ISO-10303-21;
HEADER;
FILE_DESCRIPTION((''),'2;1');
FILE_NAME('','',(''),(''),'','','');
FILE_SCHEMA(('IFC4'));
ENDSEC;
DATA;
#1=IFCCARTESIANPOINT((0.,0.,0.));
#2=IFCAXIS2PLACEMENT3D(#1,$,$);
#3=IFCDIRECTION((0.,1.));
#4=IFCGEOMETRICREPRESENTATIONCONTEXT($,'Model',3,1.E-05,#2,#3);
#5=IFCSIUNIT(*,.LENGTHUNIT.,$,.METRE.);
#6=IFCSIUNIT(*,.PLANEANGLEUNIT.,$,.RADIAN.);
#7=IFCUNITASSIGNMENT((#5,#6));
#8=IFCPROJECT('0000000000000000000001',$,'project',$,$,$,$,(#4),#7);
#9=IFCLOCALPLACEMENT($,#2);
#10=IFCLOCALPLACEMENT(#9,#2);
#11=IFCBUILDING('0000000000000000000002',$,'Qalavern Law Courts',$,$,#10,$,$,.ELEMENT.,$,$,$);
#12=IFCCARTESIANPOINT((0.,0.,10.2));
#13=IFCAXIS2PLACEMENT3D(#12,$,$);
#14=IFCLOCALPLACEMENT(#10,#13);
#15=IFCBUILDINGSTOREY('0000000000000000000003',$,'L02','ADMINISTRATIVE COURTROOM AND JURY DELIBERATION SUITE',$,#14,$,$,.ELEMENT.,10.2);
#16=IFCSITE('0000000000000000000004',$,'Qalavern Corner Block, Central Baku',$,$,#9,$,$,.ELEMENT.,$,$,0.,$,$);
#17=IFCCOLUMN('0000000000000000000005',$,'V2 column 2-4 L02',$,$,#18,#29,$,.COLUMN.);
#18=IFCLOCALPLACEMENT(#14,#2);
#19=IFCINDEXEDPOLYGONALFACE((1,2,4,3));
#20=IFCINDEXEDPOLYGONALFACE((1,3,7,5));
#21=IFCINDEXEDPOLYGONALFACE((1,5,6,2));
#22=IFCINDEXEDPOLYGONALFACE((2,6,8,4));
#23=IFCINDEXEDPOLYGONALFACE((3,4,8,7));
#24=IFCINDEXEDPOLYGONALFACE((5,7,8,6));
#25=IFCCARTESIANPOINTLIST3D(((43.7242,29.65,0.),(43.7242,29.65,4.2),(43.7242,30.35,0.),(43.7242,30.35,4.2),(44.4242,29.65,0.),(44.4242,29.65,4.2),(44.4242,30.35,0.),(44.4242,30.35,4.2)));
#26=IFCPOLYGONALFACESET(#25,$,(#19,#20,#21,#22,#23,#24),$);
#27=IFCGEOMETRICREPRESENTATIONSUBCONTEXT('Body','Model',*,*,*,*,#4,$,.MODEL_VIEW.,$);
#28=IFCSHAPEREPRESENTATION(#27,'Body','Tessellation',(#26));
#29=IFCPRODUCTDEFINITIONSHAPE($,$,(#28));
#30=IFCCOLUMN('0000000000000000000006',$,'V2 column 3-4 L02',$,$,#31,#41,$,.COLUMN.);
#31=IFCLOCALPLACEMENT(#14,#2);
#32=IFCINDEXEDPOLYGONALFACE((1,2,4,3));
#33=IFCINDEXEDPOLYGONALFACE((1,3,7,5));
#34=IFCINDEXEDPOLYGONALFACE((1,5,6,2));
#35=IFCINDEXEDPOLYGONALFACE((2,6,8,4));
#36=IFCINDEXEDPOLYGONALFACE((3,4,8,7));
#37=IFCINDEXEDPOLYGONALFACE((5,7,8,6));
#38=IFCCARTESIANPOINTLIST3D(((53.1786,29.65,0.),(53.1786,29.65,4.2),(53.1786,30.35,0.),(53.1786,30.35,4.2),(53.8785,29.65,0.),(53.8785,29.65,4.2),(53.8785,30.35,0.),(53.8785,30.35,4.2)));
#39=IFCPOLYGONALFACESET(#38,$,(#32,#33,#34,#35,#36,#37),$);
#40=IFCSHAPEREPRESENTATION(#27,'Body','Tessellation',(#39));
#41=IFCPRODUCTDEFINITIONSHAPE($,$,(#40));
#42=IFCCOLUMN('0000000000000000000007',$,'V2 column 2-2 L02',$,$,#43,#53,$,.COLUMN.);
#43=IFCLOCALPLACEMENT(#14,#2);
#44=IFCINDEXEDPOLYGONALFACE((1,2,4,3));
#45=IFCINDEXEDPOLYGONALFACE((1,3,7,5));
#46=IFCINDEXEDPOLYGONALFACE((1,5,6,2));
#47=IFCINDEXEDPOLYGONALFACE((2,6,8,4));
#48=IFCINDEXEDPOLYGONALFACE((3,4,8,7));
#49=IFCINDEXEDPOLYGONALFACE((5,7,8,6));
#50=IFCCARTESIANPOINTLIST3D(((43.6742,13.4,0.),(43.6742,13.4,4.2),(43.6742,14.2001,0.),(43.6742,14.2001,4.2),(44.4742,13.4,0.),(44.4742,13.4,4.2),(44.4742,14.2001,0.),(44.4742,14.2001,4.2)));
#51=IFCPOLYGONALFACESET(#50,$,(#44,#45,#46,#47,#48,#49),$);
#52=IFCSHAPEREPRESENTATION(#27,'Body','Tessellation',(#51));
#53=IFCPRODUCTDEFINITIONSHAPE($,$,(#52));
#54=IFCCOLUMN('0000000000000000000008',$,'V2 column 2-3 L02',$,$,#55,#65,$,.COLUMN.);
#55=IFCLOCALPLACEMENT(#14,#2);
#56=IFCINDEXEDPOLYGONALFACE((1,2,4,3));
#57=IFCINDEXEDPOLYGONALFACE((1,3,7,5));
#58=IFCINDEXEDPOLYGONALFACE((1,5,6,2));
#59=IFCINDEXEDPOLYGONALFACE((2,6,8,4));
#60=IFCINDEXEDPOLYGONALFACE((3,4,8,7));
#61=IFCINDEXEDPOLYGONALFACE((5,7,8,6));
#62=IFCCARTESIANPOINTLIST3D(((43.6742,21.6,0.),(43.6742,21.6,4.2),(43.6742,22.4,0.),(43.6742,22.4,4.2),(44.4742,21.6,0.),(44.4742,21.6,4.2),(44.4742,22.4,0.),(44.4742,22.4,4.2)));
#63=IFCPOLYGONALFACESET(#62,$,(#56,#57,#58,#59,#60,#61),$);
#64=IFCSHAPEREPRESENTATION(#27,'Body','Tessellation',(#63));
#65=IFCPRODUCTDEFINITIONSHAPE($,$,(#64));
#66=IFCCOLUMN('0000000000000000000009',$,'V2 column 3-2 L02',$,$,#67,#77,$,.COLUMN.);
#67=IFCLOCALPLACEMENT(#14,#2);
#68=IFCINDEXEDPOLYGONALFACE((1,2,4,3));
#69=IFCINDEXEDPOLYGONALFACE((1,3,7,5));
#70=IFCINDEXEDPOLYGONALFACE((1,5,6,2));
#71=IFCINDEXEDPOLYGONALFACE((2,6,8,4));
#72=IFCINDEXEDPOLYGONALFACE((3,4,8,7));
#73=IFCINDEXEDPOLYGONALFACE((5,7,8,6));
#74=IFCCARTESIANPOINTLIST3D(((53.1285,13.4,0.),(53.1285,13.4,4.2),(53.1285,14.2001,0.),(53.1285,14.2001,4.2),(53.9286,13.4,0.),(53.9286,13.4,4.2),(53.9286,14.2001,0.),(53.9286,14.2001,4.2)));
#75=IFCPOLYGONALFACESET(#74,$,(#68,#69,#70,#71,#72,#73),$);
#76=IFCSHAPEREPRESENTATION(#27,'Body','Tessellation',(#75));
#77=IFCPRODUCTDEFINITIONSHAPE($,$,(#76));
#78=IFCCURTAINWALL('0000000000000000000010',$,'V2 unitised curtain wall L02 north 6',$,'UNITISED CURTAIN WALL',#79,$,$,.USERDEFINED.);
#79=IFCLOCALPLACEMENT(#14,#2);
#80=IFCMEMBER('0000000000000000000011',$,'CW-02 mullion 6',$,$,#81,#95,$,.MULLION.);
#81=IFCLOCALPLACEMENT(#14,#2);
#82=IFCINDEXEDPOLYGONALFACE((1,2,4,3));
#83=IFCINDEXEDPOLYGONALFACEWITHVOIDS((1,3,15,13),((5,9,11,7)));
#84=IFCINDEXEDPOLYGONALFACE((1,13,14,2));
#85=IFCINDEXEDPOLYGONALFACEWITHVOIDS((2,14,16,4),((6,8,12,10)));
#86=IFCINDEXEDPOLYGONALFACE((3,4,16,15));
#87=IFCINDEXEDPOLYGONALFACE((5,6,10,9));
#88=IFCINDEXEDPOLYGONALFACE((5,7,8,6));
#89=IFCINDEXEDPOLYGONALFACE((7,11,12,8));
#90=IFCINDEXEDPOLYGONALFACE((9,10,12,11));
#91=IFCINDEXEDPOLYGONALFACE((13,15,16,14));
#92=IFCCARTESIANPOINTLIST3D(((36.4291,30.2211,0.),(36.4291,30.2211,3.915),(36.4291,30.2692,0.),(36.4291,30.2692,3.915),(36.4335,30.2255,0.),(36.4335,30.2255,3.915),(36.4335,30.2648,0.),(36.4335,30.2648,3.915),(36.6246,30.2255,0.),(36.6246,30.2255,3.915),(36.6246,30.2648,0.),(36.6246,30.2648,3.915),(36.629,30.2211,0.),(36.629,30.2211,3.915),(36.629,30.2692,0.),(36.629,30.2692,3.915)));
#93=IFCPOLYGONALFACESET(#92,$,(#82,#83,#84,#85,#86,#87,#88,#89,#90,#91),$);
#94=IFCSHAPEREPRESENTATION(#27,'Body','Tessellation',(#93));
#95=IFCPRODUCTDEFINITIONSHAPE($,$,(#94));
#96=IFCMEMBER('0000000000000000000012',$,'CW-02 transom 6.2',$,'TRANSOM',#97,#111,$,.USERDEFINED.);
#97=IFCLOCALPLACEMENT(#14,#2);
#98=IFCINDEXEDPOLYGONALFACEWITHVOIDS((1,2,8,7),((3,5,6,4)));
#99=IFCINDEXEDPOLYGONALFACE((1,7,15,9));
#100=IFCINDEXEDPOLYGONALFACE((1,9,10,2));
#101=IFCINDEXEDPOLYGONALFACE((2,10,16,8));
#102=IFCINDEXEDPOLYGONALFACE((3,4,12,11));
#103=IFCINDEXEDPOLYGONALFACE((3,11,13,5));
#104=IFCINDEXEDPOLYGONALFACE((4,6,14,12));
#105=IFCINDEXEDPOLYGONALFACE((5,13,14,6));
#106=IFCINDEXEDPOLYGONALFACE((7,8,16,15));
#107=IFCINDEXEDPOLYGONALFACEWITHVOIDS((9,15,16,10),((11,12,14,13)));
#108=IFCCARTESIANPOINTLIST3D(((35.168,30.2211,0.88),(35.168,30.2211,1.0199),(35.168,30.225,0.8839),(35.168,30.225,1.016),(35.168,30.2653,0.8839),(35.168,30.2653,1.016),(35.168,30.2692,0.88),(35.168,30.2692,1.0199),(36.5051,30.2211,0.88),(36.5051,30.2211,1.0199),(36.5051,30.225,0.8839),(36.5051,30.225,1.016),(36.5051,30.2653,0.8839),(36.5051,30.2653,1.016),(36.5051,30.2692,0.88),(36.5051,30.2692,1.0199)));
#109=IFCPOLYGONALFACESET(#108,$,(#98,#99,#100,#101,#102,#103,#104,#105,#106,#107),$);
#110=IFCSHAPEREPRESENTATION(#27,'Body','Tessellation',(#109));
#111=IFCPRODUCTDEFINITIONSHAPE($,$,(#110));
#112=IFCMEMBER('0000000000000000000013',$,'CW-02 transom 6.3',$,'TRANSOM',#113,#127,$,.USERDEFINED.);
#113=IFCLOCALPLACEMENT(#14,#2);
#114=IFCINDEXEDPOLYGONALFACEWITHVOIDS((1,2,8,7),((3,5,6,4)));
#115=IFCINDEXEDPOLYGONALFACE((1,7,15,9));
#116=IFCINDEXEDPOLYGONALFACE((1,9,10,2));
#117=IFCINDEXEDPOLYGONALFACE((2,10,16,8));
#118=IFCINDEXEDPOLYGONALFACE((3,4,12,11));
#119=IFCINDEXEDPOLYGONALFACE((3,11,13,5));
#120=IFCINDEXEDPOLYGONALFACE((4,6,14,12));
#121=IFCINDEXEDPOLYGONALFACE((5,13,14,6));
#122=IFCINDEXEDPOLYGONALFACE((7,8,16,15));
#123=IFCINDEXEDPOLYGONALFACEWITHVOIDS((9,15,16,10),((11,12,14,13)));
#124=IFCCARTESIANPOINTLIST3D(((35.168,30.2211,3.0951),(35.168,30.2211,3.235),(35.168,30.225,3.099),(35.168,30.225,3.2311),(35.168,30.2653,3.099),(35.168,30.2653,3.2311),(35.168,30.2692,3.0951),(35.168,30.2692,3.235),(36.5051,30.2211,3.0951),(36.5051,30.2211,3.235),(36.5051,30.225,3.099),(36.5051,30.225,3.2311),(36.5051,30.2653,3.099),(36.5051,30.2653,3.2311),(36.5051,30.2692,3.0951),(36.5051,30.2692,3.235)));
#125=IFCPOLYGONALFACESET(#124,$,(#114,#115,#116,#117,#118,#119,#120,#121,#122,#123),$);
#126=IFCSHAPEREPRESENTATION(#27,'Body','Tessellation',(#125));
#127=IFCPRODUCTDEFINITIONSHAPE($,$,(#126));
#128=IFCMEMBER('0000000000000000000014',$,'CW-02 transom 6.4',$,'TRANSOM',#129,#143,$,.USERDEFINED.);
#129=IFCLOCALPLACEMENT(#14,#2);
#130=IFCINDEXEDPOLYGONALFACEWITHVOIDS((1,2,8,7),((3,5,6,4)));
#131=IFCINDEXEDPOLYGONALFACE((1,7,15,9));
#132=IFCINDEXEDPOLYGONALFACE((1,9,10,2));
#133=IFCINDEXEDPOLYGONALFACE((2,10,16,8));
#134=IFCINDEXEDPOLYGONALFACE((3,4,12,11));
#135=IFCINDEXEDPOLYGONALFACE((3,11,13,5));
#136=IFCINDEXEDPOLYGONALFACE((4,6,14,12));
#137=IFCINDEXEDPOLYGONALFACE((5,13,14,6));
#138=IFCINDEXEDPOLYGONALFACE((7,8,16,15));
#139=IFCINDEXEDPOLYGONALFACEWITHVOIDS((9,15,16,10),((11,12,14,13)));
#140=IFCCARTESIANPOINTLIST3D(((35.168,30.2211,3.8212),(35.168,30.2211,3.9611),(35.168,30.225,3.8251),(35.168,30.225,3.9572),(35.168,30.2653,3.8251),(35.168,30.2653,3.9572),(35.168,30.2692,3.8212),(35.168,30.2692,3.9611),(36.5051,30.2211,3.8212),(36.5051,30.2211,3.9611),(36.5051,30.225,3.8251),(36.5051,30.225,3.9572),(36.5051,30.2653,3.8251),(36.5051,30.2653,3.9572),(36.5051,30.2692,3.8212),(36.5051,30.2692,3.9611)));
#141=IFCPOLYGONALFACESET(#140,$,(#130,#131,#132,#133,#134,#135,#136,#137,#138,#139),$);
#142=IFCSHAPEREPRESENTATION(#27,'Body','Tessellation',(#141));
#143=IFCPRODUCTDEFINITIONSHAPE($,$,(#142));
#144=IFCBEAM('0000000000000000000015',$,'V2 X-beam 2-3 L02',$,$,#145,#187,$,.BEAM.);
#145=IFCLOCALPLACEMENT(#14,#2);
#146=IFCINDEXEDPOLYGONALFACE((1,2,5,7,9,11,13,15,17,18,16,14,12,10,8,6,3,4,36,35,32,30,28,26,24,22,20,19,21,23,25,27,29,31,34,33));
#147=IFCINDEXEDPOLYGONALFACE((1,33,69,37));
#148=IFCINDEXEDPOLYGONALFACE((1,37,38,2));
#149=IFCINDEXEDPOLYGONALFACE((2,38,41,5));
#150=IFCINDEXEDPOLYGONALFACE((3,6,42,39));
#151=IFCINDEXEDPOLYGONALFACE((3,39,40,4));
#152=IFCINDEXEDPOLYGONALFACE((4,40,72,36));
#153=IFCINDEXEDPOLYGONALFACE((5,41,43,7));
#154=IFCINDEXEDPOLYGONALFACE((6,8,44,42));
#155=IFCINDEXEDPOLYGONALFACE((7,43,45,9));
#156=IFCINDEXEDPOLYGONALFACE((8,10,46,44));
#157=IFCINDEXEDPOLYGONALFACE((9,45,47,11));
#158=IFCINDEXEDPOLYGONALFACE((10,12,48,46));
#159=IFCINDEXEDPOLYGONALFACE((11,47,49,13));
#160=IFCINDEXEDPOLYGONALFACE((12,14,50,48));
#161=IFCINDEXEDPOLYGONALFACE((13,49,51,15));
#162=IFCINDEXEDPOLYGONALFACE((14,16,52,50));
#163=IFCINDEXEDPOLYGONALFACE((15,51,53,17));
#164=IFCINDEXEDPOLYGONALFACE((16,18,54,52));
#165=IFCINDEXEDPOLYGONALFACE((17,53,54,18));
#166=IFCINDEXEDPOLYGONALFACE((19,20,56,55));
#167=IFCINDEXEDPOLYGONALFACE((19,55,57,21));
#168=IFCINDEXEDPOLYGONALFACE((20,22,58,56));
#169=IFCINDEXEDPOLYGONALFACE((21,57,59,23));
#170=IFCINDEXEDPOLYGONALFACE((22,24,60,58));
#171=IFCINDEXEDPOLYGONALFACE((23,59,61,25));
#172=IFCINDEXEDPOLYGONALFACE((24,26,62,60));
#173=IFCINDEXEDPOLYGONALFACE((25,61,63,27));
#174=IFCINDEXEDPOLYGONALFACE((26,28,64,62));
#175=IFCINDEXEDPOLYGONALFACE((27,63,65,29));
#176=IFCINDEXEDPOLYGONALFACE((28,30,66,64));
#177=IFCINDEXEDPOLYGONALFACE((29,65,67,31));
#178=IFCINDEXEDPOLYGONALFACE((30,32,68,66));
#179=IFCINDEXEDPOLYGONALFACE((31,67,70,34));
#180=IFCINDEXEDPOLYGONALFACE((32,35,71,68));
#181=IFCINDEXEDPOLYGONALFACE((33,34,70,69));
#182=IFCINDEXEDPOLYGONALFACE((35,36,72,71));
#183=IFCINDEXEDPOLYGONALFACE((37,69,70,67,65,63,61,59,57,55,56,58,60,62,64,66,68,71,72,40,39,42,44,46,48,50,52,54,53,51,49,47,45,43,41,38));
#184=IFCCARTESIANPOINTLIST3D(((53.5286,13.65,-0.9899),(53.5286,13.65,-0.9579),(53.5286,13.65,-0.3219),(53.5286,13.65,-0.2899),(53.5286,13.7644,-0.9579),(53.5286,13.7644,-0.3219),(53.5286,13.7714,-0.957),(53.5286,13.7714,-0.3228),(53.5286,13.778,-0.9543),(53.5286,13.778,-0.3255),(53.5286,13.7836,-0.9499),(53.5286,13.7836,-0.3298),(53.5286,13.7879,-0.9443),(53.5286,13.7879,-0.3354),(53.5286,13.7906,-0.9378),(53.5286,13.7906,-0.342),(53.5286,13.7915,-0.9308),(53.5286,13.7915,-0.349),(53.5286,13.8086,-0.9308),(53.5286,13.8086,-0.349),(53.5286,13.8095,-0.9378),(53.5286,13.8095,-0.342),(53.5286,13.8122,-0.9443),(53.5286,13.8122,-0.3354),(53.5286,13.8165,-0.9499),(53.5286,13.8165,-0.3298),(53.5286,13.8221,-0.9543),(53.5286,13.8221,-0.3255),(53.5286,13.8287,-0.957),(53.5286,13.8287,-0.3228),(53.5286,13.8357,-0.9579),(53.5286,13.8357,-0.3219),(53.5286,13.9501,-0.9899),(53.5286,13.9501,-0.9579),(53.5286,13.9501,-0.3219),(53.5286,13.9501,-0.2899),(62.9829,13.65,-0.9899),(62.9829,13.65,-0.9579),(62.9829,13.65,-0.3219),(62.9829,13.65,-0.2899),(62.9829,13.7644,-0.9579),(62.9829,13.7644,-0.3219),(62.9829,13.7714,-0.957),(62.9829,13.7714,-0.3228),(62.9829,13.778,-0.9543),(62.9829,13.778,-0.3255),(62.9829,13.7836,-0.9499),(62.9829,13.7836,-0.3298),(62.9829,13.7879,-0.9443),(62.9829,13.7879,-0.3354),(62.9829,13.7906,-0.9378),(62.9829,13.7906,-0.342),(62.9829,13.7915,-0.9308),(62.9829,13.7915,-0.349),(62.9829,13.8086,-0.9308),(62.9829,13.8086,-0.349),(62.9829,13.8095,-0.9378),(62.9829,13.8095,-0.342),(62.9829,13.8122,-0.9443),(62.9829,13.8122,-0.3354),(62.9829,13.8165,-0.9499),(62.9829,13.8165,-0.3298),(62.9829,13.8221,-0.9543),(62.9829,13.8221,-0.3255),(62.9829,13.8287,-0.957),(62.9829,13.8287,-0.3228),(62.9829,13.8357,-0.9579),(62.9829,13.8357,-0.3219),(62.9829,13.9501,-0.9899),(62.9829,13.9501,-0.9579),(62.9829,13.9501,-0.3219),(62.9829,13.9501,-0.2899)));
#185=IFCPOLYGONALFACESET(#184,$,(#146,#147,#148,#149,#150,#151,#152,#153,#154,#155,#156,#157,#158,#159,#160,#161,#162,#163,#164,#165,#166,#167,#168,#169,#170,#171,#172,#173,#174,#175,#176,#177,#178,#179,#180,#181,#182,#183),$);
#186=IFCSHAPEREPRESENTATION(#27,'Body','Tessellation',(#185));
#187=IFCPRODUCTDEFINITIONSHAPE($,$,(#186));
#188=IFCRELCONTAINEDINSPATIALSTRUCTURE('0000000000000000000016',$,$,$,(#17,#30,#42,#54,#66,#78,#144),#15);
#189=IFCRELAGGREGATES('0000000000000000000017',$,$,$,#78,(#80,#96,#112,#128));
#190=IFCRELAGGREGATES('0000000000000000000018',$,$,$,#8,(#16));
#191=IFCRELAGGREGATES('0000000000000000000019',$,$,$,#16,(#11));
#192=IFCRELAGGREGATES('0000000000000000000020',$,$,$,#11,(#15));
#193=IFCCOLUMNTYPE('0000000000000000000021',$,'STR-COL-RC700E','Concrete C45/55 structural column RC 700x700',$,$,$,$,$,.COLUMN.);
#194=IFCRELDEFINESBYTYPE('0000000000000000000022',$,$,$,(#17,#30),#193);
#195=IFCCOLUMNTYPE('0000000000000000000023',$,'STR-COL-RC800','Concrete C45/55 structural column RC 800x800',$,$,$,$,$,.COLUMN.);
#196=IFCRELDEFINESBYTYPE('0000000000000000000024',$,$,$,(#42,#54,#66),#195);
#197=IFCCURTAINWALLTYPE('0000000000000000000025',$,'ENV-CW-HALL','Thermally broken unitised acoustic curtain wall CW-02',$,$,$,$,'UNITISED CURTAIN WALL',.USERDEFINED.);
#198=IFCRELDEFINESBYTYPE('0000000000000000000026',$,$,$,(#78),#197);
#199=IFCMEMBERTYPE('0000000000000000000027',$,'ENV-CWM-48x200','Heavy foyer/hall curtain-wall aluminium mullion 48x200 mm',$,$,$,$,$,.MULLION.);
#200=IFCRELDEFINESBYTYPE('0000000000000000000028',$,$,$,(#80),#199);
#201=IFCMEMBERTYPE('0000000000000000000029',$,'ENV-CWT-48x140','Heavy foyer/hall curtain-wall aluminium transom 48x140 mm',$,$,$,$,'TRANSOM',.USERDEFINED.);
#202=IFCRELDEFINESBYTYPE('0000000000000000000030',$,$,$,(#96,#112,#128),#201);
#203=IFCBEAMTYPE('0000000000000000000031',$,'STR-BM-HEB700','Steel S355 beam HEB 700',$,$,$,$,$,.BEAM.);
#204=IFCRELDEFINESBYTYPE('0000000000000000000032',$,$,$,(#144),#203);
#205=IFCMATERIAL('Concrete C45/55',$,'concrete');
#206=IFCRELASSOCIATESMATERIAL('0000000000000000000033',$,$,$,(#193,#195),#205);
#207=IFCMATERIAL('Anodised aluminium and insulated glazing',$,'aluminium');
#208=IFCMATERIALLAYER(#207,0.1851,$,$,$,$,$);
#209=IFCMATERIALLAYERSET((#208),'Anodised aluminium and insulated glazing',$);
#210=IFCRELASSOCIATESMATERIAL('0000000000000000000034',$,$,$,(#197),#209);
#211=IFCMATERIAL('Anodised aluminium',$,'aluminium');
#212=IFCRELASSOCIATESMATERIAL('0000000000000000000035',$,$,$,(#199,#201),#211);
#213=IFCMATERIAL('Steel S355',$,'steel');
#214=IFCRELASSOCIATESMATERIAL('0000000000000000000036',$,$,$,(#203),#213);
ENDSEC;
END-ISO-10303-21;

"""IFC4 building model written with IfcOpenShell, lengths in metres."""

from ifc_helpers import new_model, si_unit, direction, frame, origin, origin_2d, place, context, subcontext, project, spatial, rectangle, hollow_rectangle, i_section, extrude, material, layer, layer_set, material_profile, profile_set, type_object, element, aggregate, save


model = new_model("IFC4")

# Units and contexts
model_context = context("Model", 3, precision=1e-05, world=origin(), true_north=direction((0.0, 1.0)))
body_context = subcontext(model_context, "Body", "Model", "MODEL_VIEW")
ifc_project = project(units=[si_unit("LENGTHUNIT", "METRE"), si_unit("PLANEANGLEUNIT", "RADIAN")], contexts=[model_context])

# Site, building, storey
site_placement = place(None, origin())
site = spatial("IfcSite", under=ifc_project, at=site_placement, Name="Qalavern Corner Block, Central Baku", CompositionType="ELEMENT", RefElevation=0.0)
building_placement = place(site_placement, origin())
building = spatial("IfcBuilding", under=site, at=building_placement, Name="Qalavern Law Courts", CompositionType="ELEMENT")
storey_placement = place(building_placement, frame((0.0, 0.0, 10.2)))
storey = spatial("IfcBuildingStorey", under=building, at=storey_placement, Name="L02", Description="ADMINISTRATIVE COURTROOM AND JURY DELIBERATION SUITE", CompositionType="ELEMENT", Elevation=10.2)

# Columns
ifc_material_1 = material(Name="Concrete C45/55", Category="concrete")
ifc_material_profile_1 = material_profile(ifc_material_1, rectangle(XDim=0.7, YDim=0.7, at=origin_2d()), Name="RC 700x700")
ifc_profile_set_1 = profile_set([ifc_material_profile_1], Name="Concrete C45/55")
column_type_1 = type_object("IfcColumnType", Name="STR-COL-RC700E", Description="Concrete C45/55 structural column RC 700x700", PredefinedType="COLUMN", material=ifc_profile_set_1)
for number, where, z_axis, x_axis, name in (
    (1, (44.0742, 30.0, 0.0), (0.0, 0.0, 1.0), (1.0, 0.0, 0.0), "V2 column 2-4 L02"),
    (2, (53.5286, 30.0, 0.0), (0.0, 0.0, 1.0), (1.0, 0.0, 0.0), "V2 column 3-4 L02"),
):
    element("IfcColumn", number, at=place(storey_placement, frame(where, z_axis=z_axis, x_axis=x_axis)), inside=storey, type_object=column_type_1, Name=name, PredefinedType="COLUMN", context=body_context, shape_type="SweptSolid", body=[
        extrude(rectangle(XDim=0.7, YDim=0.7, at=origin_2d()), origin(), (0.0, 0.0, 1.0), 4.2),
    ])
ifc_material_profile_2 = material_profile(ifc_material_1, rectangle(XDim=0.8, YDim=0.8, at=origin_2d()), Name="RC 800x800")
ifc_profile_set_2 = profile_set([ifc_material_profile_2], Name="Concrete C45/55")
column_type_2 = type_object("IfcColumnType", Name="STR-COL-RC800", Description="Concrete C45/55 structural column RC 800x800", PredefinedType="COLUMN", material=ifc_profile_set_2)
for number, where, z_axis, x_axis, name in (
    (3, (44.0742, 13.8, 0.0), (0.0, 0.0, 1.0), (1.0, 0.0, 0.0), "V2 column 2-2 L02"),
    (4, (44.0742, 22.0, 0.0), (0.0, 0.0, 1.0), (1.0, 0.0, 0.0), "V2 column 2-3 L02"),
    (5, (53.5286, 13.8, 0.0), (0.0, 0.0, 1.0), (1.0, 0.0, 0.0), "V2 column 3-2 L02"),
):
    element("IfcColumn", number, at=place(storey_placement, frame(where, z_axis=z_axis, x_axis=x_axis)), inside=storey, type_object=column_type_2, Name=name, PredefinedType="COLUMN", context=body_context, shape_type="SweptSolid", body=[
        extrude(rectangle(XDim=0.8, YDim=0.8, at=origin_2d()), origin(), (0.0, 0.0, 1.0), 4.2),
    ])

# Curtain wall, members
ifc_material_2 = material(Name="Anodised aluminium and insulated glazing", Category="aluminium")
ifc_layer_1 = layer(ifc_material_2, 0.1851)
ifc_layer_set_1 = layer_set([ifc_layer_1], Name="Anodised aluminium and insulated glazing")
curtain_wall_type = type_object("IfcCurtainWallType", Name="ENV-CW-HALL", Description="Thermally broken unitised acoustic curtain wall CW-02", ElementType="UNITISED CURTAIN WALL", PredefinedType="USERDEFINED", material=ifc_layer_set_1)
curtain_wall_placement = place(storey_placement, origin())
curtain_wall = element("IfcCurtainWall", 6, at=curtain_wall_placement, inside=storey, type_object=curtain_wall_type, Name="V2 unitised curtain wall L02 north 6", ObjectType="UNITISED CURTAIN WALL", PredefinedType="USERDEFINED")
ifc_material_3 = material(Name="Anodised aluminium", Category="aluminium")
ifc_material_profile_3 = material_profile(ifc_material_3, hollow_rectangle(XDim=0.0481, YDim=0.2, WallThickness=0.0044, at=origin_2d()), Name="ALU MULLION 48x200")
ifc_profile_set_3 = profile_set([ifc_material_profile_3], Name="Anodised aluminium")
member_type_1 = type_object("IfcMemberType", Name="ENV-CWM-48x200", Description="Heavy foyer/hall curtain-wall aluminium mullion 48x200 mm", PredefinedType="MULLION", material=ifc_profile_set_3)
member_1_placement = place(storey_placement, frame((36.5291, 30.2451, 0.0), z_axis=(0.0, 0.0, 1.0), x_axis=(0.0, -1.0, 0.0)))
member_1 = element("IfcMember", 7, at=member_1_placement, type_object=member_type_1, Name="CW-02 mullion 6", PredefinedType="MULLION", context=body_context, shape_type="SweptSolid", body=[
    extrude(hollow_rectangle(XDim=0.0481, YDim=0.2, WallThickness=0.0044, at=origin_2d()), origin(), (0.0, 0.0, 1.0), 3.915),
])
ifc_material_profile_4 = material_profile(ifc_material_3, hollow_rectangle(XDim=0.0481, YDim=0.1399, WallThickness=0.0039, at=origin_2d()), Name="ALU TRANSOM 48x140")
ifc_profile_set_4 = profile_set([ifc_material_profile_4], Name="Anodised aluminium")
member_type_2 = type_object("IfcMemberType", Name="ENV-CWT-48x140", Description="Heavy foyer/hall curtain-wall aluminium transom 48x140 mm", ElementType="TRANSOM", PredefinedType="USERDEFINED", material=ifc_profile_set_4)
member_2_placement = place(storey_placement, frame((36.5051, 30.2451, 0.95), z_axis=(-1.0, 0.0, 0.0), x_axis=(0.0, -1.0, 0.0)))
member_2 = element("IfcMember", 8, at=member_2_placement, type_object=member_type_2, Name="CW-02 transom 6.2", ObjectType="TRANSOM", PredefinedType="USERDEFINED", context=body_context, shape_type="SweptSolid", body=[
    extrude(hollow_rectangle(XDim=0.0481, YDim=0.1399, WallThickness=0.0039, at=origin_2d()), origin(), (0.0, 0.0, 1.0), 1.3372),
])
member_3_placement = place(storey_placement, frame((36.5051, 30.2451, 3.165), z_axis=(-1.0, 0.0, 0.0), x_axis=(0.0, -1.0, 0.0)))
member_3 = element("IfcMember", 9, at=member_3_placement, type_object=member_type_2, Name="CW-02 transom 6.3", ObjectType="TRANSOM", PredefinedType="USERDEFINED", context=body_context, shape_type="SweptSolid", body=[
    extrude(hollow_rectangle(XDim=0.0481, YDim=0.1399, WallThickness=0.0039, at=origin_2d()), origin(), (0.0, 0.0, 1.0), 1.3372),
])
member_4_placement = place(storey_placement, frame((36.5051, 30.2451, 3.8911), z_axis=(-1.0, 0.0, 0.0), x_axis=(0.0, -1.0, 0.0)))
member_4 = element("IfcMember", 10, at=member_4_placement, type_object=member_type_2, Name="CW-02 transom 6.4", ObjectType="TRANSOM", PredefinedType="USERDEFINED", context=body_context, shape_type="SweptSolid", body=[
    extrude(hollow_rectangle(XDim=0.0481, YDim=0.1399, WallThickness=0.0039, at=origin_2d()), origin(), (0.0, 0.0, 1.0), 1.3372),
])
aggregate(curtain_wall, [member_1, member_2, member_3, member_4])

# Beam
ifc_material_4 = material(Name="Steel S355", Category="steel")
ifc_material_profile_5 = material_profile(ifc_material_4, i_section(OverallWidth=0.3, OverallDepth=0.7, WebThickness=0.0171, FlangeThickness=0.032, FilletRadius=0.0271, at=origin_2d()), Name="HEB 700")
ifc_profile_set_5 = profile_set([ifc_material_profile_5], Name="Steel S355")
beam_type_1 = type_object("IfcBeamType", Name="STR-BM-HEB700", Description="Steel S355 beam HEB 700", PredefinedType="BEAM", material=ifc_profile_set_5)
beam_1_placement = place(storey_placement, frame((53.5286, 13.8, -0.6399), z_axis=(1.0, 0.0, 0.0), x_axis=(0.0, 1.0, 0.0)))
element("IfcBeam", 11, at=beam_1_placement, inside=storey, type_object=beam_type_1, Name="V2 X-beam 2-3 L02", PredefinedType="BEAM", context=body_context, shape_type="SweptSolid", body=[
    extrude(i_section(OverallWidth=0.3, OverallDepth=0.7, WebThickness=0.0171, FlangeThickness=0.032, FilletRadius=0.0271, at=origin_2d()), origin(), (0.0, 0.0, 1.0), 9.4543),
])

save(model, "model.ifc")
